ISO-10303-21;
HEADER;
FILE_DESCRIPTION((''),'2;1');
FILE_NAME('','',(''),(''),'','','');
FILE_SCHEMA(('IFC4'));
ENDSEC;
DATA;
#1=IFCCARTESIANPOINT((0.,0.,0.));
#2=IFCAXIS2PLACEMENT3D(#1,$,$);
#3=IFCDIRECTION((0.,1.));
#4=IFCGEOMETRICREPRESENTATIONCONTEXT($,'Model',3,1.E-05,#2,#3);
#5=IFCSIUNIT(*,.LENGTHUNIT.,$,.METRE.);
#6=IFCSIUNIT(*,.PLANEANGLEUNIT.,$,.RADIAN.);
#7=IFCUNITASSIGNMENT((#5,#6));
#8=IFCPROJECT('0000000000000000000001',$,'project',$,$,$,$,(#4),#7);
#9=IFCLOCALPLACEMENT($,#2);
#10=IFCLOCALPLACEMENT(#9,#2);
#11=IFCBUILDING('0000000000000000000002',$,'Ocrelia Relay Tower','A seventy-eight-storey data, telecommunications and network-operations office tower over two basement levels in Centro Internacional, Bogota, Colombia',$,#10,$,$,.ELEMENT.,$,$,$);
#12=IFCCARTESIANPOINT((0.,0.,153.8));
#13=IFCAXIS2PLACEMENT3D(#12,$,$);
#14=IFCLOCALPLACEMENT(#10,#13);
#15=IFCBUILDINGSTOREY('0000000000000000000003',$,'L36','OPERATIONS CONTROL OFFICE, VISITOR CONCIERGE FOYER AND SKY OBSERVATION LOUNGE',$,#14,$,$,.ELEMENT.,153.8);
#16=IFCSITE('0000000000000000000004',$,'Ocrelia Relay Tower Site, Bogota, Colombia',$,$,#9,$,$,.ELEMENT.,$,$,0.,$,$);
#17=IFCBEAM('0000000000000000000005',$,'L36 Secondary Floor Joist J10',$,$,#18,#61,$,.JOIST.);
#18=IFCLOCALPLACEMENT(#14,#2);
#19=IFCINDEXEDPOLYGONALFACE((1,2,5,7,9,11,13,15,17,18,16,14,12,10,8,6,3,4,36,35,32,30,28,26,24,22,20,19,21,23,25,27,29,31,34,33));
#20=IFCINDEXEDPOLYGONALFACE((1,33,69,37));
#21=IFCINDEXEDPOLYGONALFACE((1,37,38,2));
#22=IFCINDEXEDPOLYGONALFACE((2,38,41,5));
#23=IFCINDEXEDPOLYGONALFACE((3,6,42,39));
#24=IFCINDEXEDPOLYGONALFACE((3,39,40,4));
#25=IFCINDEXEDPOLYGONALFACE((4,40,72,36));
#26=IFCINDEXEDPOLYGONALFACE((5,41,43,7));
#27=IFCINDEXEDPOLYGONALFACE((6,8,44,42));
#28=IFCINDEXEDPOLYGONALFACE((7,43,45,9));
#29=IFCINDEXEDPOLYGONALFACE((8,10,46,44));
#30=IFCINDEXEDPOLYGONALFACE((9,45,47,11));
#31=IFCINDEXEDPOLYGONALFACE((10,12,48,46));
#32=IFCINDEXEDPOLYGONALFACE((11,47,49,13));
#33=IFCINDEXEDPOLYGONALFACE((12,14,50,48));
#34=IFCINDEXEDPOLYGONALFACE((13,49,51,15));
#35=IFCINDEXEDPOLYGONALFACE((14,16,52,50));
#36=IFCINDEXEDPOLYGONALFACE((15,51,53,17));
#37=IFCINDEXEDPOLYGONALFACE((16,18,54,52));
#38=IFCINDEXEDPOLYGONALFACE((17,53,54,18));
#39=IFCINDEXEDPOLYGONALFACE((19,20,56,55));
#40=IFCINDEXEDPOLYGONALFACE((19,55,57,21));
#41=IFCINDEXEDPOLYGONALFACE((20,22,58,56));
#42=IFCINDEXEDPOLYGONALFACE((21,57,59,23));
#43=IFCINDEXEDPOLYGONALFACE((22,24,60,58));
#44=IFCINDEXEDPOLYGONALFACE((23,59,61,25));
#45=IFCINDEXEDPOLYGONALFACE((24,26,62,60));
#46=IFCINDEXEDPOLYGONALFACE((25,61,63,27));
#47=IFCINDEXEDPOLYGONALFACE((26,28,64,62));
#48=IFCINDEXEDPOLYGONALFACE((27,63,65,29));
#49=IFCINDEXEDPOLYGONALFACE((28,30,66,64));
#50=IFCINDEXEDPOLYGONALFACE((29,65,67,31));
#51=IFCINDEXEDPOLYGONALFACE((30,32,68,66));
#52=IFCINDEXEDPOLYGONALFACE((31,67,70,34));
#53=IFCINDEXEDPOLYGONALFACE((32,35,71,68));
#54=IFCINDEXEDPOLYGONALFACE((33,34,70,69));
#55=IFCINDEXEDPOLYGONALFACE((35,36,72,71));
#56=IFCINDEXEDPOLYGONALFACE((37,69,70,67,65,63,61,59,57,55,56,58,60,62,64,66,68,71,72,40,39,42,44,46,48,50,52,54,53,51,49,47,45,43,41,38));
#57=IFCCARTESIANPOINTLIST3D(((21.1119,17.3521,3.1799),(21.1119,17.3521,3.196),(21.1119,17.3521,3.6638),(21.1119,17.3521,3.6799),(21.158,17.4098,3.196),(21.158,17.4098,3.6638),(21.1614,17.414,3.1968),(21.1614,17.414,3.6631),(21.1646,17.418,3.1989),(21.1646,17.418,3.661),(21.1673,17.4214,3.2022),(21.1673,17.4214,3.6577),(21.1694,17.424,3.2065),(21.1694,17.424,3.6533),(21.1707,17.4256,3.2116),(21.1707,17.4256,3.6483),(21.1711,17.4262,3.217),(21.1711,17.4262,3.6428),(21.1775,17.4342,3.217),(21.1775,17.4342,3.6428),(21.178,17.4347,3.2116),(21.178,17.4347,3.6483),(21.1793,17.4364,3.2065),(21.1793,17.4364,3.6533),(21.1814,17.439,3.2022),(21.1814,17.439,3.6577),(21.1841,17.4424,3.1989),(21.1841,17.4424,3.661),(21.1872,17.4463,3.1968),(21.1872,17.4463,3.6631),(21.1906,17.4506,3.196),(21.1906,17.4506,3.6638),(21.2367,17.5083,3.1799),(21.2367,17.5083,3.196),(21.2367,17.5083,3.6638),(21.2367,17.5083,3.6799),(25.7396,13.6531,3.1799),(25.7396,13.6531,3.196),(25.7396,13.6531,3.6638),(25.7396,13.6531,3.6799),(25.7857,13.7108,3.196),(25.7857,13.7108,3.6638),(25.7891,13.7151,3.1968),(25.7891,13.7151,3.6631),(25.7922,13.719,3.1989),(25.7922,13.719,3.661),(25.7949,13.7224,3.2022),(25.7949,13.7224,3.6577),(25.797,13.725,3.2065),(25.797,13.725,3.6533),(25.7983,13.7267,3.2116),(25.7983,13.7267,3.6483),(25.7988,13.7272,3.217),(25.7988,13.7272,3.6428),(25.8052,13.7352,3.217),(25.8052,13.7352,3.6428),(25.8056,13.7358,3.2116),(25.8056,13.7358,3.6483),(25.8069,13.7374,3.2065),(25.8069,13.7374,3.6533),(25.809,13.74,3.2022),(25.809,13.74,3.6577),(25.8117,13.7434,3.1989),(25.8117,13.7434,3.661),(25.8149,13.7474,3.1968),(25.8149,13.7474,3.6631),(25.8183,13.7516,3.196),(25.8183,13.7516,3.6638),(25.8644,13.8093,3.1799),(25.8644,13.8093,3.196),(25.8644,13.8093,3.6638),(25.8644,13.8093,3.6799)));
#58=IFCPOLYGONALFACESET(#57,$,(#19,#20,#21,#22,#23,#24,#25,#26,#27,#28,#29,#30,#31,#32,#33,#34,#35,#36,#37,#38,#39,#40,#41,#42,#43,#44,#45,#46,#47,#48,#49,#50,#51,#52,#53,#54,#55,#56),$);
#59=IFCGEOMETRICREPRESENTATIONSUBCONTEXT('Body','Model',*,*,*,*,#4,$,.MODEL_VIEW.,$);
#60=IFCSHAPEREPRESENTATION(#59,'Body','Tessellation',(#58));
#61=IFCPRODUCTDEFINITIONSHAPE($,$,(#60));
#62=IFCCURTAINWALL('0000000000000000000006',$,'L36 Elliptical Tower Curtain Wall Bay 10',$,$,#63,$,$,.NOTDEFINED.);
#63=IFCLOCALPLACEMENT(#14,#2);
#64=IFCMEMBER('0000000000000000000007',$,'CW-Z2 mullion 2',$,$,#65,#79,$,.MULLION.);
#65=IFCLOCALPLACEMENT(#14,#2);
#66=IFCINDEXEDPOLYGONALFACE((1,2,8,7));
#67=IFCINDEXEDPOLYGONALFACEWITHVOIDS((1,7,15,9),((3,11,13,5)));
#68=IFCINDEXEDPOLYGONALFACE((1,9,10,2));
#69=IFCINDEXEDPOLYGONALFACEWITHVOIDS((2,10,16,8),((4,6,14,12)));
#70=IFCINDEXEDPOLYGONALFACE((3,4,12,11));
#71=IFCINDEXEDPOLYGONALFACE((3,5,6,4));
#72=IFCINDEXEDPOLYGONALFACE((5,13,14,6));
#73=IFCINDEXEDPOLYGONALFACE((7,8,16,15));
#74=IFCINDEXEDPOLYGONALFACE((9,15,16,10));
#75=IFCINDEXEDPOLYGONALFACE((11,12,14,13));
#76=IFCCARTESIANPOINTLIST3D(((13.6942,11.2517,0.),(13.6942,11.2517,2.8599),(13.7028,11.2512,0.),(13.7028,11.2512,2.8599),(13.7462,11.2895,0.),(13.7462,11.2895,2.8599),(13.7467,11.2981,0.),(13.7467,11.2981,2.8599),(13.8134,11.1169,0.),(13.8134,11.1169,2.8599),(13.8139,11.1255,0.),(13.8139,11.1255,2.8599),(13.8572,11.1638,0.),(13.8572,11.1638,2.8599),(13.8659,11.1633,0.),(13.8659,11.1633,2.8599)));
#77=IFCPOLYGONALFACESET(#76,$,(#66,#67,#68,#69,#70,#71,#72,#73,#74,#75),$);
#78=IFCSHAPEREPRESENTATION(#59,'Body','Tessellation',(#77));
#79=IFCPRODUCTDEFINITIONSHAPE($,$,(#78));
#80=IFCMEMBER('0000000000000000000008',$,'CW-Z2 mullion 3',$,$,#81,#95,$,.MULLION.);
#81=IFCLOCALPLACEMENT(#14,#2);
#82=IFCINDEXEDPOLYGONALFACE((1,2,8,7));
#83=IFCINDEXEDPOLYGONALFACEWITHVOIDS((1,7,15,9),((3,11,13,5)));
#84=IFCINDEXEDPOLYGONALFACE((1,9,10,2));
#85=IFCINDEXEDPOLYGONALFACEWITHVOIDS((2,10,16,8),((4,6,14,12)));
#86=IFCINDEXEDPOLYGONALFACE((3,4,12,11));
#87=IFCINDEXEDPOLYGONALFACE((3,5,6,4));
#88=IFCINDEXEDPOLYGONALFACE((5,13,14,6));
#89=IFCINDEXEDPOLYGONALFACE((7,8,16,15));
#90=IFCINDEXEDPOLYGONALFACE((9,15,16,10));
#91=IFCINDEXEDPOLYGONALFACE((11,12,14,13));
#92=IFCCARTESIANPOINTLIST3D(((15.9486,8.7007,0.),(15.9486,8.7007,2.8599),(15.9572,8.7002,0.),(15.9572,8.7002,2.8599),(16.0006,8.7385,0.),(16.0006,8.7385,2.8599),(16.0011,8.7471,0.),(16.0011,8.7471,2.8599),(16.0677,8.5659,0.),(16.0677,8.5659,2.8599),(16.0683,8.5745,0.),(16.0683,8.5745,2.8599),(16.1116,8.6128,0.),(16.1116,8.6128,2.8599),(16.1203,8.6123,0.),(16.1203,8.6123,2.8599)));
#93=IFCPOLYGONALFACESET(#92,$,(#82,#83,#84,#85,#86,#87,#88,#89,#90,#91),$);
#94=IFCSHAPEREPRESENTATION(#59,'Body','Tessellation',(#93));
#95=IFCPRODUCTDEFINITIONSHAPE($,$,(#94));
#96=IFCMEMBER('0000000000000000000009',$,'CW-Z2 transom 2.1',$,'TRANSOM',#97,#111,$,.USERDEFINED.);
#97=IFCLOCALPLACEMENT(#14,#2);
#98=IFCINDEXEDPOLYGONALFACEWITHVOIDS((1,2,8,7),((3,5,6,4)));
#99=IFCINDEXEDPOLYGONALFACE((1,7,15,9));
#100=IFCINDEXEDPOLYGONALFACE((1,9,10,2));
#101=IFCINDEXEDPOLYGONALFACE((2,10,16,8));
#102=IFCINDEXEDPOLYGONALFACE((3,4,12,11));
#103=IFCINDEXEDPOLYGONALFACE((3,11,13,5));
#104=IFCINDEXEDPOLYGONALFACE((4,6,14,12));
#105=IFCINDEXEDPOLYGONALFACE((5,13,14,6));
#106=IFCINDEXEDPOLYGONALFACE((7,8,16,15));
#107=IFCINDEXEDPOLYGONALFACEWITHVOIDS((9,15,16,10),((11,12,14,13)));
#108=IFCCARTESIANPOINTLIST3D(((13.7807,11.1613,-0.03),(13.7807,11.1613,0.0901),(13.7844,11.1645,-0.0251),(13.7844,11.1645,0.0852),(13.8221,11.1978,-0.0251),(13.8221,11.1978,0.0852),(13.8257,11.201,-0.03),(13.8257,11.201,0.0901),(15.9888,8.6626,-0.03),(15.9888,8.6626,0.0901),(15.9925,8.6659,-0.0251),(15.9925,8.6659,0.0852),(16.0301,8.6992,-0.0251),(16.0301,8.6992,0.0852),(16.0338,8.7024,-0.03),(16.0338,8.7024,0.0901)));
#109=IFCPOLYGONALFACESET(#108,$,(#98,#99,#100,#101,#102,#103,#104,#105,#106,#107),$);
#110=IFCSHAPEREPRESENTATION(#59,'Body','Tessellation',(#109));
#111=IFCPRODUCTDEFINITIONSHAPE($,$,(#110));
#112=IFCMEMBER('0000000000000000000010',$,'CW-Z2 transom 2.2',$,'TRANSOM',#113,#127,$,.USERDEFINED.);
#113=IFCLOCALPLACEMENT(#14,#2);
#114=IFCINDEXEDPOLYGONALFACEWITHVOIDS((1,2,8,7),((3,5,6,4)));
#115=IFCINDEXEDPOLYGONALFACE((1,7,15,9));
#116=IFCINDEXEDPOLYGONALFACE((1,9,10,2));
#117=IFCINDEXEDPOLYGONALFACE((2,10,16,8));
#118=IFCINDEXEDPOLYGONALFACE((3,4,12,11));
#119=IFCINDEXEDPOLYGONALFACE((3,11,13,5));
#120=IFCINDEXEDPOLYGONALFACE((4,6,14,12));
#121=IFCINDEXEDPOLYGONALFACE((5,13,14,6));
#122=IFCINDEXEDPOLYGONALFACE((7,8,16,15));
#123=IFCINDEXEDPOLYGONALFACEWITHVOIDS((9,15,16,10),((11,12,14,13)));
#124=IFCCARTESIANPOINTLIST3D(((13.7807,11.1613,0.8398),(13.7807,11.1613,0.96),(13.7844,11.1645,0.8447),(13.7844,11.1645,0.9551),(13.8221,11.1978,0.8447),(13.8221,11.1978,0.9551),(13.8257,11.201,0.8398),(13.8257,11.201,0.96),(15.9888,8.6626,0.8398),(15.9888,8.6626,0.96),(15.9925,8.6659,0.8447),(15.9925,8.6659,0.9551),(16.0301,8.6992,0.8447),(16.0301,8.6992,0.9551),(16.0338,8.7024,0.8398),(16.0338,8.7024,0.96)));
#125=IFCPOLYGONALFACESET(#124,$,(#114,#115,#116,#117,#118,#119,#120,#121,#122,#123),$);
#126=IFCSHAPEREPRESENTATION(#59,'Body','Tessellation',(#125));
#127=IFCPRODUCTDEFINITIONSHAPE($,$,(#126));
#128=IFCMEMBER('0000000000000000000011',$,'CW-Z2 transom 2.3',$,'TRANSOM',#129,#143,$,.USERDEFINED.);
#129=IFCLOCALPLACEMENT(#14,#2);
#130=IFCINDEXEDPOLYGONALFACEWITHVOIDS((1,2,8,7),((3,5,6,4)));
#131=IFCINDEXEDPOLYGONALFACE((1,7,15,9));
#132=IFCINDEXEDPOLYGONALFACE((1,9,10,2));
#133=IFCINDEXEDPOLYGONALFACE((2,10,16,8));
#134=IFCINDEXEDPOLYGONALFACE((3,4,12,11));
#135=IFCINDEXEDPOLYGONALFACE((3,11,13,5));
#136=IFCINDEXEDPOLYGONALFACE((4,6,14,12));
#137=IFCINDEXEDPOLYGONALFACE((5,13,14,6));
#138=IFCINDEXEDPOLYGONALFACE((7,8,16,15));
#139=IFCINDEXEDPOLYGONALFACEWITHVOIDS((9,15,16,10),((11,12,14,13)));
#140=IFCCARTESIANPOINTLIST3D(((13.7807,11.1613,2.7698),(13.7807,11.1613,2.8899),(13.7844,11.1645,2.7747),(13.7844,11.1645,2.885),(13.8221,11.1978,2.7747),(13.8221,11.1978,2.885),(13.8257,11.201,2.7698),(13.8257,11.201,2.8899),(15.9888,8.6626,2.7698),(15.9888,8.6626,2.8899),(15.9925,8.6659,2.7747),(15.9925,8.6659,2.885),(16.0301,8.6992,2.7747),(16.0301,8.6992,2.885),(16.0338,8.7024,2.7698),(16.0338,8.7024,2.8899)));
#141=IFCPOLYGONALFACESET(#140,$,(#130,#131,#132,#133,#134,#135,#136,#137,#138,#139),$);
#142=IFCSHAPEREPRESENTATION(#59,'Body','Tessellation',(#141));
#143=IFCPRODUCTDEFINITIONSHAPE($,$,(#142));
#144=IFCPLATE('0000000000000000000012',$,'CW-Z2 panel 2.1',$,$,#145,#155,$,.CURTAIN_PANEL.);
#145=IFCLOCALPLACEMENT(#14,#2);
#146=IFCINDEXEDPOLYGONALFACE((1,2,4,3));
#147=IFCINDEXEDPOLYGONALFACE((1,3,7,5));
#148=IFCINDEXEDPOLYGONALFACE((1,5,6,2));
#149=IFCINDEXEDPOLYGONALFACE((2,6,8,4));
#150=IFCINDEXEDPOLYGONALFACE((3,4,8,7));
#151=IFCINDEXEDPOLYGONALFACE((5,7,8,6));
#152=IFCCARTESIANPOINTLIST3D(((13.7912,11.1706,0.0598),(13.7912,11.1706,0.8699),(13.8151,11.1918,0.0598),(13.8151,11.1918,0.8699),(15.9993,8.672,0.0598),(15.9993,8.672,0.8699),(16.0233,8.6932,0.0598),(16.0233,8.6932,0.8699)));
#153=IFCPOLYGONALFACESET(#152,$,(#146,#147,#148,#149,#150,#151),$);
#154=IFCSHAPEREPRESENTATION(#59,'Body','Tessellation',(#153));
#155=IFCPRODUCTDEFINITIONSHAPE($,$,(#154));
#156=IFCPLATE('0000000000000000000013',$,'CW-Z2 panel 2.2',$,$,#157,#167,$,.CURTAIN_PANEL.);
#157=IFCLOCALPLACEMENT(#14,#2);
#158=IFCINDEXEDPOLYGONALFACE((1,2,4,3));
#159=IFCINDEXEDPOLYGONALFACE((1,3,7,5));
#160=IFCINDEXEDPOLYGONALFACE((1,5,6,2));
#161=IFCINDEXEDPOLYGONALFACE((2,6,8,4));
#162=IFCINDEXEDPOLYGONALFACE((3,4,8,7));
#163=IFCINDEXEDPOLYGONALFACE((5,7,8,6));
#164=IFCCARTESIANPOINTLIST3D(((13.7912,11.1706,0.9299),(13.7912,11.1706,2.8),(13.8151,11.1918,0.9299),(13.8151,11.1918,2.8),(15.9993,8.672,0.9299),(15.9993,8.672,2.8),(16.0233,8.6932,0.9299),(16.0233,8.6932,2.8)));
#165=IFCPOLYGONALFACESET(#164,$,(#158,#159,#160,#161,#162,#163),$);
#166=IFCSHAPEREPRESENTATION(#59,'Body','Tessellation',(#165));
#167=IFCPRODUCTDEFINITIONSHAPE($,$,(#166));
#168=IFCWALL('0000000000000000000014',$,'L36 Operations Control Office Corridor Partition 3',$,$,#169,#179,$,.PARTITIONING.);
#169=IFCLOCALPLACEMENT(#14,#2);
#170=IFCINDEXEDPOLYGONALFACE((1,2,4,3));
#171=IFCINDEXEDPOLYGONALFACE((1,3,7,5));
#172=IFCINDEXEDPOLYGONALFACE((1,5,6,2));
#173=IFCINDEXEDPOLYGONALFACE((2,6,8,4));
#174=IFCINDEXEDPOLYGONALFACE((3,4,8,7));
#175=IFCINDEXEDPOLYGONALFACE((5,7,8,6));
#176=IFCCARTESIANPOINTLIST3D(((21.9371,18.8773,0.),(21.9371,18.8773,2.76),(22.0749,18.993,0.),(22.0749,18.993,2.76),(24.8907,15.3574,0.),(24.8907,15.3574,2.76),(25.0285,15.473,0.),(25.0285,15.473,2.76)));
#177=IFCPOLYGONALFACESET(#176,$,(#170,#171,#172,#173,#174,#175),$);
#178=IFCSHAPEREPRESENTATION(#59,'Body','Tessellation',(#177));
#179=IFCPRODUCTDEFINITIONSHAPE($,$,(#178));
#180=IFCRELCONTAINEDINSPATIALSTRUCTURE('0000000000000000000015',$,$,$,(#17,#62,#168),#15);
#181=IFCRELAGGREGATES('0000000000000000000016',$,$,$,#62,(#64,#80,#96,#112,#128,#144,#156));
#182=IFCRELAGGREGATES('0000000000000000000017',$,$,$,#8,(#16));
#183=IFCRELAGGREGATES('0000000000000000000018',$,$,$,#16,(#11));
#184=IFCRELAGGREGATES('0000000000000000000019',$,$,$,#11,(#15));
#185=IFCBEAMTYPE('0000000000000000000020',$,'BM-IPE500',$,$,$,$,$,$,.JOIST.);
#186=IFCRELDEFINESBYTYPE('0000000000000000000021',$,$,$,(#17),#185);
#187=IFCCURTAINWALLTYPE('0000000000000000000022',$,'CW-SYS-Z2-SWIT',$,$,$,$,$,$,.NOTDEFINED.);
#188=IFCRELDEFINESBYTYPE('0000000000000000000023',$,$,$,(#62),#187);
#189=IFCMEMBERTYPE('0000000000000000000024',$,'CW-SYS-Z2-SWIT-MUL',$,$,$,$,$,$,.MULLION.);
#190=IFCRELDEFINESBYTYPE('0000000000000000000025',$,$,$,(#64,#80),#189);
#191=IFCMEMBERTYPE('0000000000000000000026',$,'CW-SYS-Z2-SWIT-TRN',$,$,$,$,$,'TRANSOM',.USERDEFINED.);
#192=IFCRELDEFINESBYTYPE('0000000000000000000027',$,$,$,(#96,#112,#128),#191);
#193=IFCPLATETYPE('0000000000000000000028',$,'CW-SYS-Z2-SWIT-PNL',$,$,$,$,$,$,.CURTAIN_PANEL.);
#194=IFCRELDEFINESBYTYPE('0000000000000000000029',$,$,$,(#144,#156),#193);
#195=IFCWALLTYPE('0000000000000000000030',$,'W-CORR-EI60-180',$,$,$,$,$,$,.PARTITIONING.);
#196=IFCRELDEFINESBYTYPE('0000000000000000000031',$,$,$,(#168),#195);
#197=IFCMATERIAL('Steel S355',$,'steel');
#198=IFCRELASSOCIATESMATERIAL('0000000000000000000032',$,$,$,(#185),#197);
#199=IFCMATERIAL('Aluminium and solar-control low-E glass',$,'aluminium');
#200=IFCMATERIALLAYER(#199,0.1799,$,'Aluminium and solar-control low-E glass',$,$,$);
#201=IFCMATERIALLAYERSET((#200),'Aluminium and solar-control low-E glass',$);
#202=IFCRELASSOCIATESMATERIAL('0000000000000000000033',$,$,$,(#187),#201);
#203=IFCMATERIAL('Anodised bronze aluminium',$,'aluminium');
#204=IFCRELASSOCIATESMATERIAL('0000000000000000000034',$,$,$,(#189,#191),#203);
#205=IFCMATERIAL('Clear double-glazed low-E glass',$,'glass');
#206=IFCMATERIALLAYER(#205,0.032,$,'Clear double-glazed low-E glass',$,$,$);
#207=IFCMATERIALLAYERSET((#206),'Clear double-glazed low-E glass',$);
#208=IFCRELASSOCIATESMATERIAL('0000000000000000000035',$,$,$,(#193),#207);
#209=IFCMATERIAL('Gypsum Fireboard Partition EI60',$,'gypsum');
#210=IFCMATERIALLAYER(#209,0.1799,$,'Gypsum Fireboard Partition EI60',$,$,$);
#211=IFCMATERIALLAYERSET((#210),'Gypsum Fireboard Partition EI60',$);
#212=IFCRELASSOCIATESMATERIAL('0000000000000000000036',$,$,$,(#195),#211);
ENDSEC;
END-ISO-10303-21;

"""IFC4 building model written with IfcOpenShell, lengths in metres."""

from ifc_helpers import new_model, si_unit, direction, frame, frame_2d, origin, origin_2d, place, context, subcontext, project, spatial, rectangle, hollow_rectangle, i_section, extrude, material, layer, layer_set, material_profile, profile_set, type_object, element, aggregate, save


model = new_model("IFC4")

# Units and contexts
model_context = context("Model", 3, precision=1e-05, world=origin(), true_north=direction((0.0, 1.0)))
body_context = subcontext(model_context, "Body", "Model", "MODEL_VIEW")
ifc_project = project(units=[si_unit("LENGTHUNIT", "METRE"), si_unit("PLANEANGLEUNIT", "RADIAN")], contexts=[model_context])

# Site, building, storey
site_placement = place(None, origin())
site = spatial("IfcSite", under=ifc_project, at=site_placement, Name="Ocrelia Relay Tower Site, Bogota, Colombia", CompositionType="ELEMENT", RefElevation=0.0)
building_placement = place(site_placement, origin())
building = spatial("IfcBuilding", under=site, at=building_placement, Name="Ocrelia Relay Tower", Description="A seventy-eight-storey data, telecommunications and network-operations office tower over two basement levels in Centro Internacional, Bogota, Colombia", CompositionType="ELEMENT")
storey_placement = place(building_placement, frame((0.0, 0.0, 153.8)))
storey = spatial("IfcBuildingStorey", under=building, at=storey_placement, Name="L36", Description="OPERATIONS CONTROL OFFICE, VISITOR CONCIERGE FOYER AND SKY OBSERVATION LOUNGE", CompositionType="ELEMENT", Elevation=153.8)

# Beam
ifc_material_1 = material(Name="Steel S355", Category="steel")
ifc_material_profile_1 = material_profile(ifc_material_1, i_section(OverallWidth=0.2, OverallDepth=0.5, WebThickness=0.0103, FlangeThickness=0.0161, FilletRadius=0.021, at=origin_2d()), Name="IPE 500")
ifc_profile_set_1 = profile_set([ifc_material_profile_1], Name="Steel S355")
beam_type_1 = type_object("IfcBeamType", Name="BM-IPE500", PredefinedType="JOIST", material=ifc_profile_set_1)
beam_1_placement = place(storey_placement, frame((21.1743, 17.4302, 3.4299), z_axis=(0.78113, -0.624368, 0.0), x_axis=(0.624368, 0.78113, 0.0)))
element("IfcBeam", 1, at=beam_1_placement, inside=storey, type_object=beam_type_1, Name="L36 Secondary Floor Joist J10", PredefinedType="JOIST", context=body_context, shape_type="SweptSolid", body=[
    extrude(i_section(OverallWidth=0.2, OverallDepth=0.5, WebThickness=0.0103, FlangeThickness=0.0161, FilletRadius=0.021, at=origin_2d()), origin(), (0.0, 0.0, 1.0), 5.9243),
])

# Curtain wall, members, plates
ifc_material_2 = material(Name="Aluminium and solar-control low-E glass", Category="aluminium")
ifc_layer_1 = layer(ifc_material_2, 0.1799, Name="Aluminium and solar-control low-E glass")
ifc_layer_set_1 = layer_set([ifc_layer_1], Name="Aluminium and solar-control low-E glass")
curtain_wall_type = type_object("IfcCurtainWallType", Name="CW-SYS-Z2-SWIT", PredefinedType="NOTDEFINED", material=ifc_layer_set_1)
curtain_wall_placement = place(storey_placement, origin())
curtain_wall = element("IfcCurtainWall", 2, at=curtain_wall_placement, inside=storey, type_object=curtain_wall_type, Name="L36 Elliptical Tower Curtain Wall Bay 10", PredefinedType="NOTDEFINED")
ifc_material_3 = material(Name="Anodised bronze aluminium", Category="aluminium")
ifc_material_profile_2 = material_profile(ifc_material_3, hollow_rectangle(XDim=0.0701, YDim=0.1799, WallThickness=0.0061, at=origin_2d()), Name="CW-MUL-180x70")
ifc_profile_set_2 = profile_set([ifc_material_profile_2], Name="Anodised bronze aluminium")
member_type_1 = type_object("IfcMemberType", Name="CW-SYS-Z2-SWIT-MUL", PredefinedType="MULLION", material=ifc_profile_set_2)
member_1_placement = place(storey_placement, frame((13.78, 11.2075, 0.0), z_axis=(0.0, 0.0, 1.0), x_axis=(0.74931, 0.662219, 0.0)))
member_1 = element("IfcMember", 3, at=member_1_placement, type_object=member_type_1, Name="CW-Z2 mullion 2", PredefinedType="MULLION", context=body_context, shape_type="SweptSolid", body=[
    extrude(hollow_rectangle(XDim=0.0701, YDim=0.1799, WallThickness=0.0061, at=origin_2d()), origin(), (0.0, 0.0, 1.0), 2.8599),
])
member_2_placement = place(storey_placement, frame((16.0344, 8.6565, 0.0), z_axis=(0.0, 0.0, 1.0), x_axis=(0.74931, 0.662219, 0.0)))
member_2 = element("IfcMember", 4, at=member_2_placement, type_object=member_type_1, Name="CW-Z2 mullion 3", PredefinedType="MULLION", context=body_context, shape_type="SweptSolid", body=[
    extrude(hollow_rectangle(XDim=0.0701, YDim=0.1799, WallThickness=0.0061, at=origin_2d()), origin(), (0.0, 0.0, 1.0), 2.8599),
])
ifc_material_profile_3 = material_profile(ifc_material_3, hollow_rectangle(XDim=0.0601, YDim=0.1201, WallThickness=0.0049, at=origin_2d()), Name="CW-TRN-120x60")
ifc_profile_set_3 = profile_set([ifc_material_profile_3], Name="Anodised bronze aluminium")
member_type_2 = type_object("IfcMemberType", Name="CW-SYS-Z2-SWIT-TRN", ElementType="TRANSOM", PredefinedType="USERDEFINED", material=ifc_profile_set_3)
member_3_placement = place(storey_placement, frame((13.8032, 11.1812, 0.03), z_axis=(0.662198, -0.749329, 0.0), x_axis=(0.749329, 0.662198, 0.0)))
member_3 = element("IfcMember", 5, at=member_3_placement, type_object=member_type_2, Name="CW-Z2 transom 2.1", ObjectType="TRANSOM", PredefinedType="USERDEFINED", context=body_context, shape_type="SweptSolid", body=[
    extrude(hollow_rectangle(XDim=0.0601, YDim=0.1201, WallThickness=0.0049, at=origin_2d()), origin(), (0.0, 0.0, 1.0), 3.3345),
])
member_4_placement = place(storey_placement, frame((13.8032, 11.1812, 0.8999), z_axis=(0.662198, -0.749329, 0.0), x_axis=(0.749329, 0.662198, 0.0)))
member_4 = element("IfcMember", 6, at=member_4_placement, type_object=member_type_2, Name="CW-Z2 transom 2.2", ObjectType="TRANSOM", PredefinedType="USERDEFINED", context=body_context, shape_type="SweptSolid", body=[
    extrude(hollow_rectangle(XDim=0.0601, YDim=0.1201, WallThickness=0.0049, at=origin_2d()), origin(), (0.0, 0.0, 1.0), 3.3345),
])
member_5_placement = place(storey_placement, frame((13.8032, 11.1812, 2.8298), z_axis=(0.662198, -0.749329, 0.0), x_axis=(0.749329, 0.662198, 0.0)))
member_5 = element("IfcMember", 7, at=member_5_placement, type_object=member_type_2, Name="CW-Z2 transom 2.3", ObjectType="TRANSOM", PredefinedType="USERDEFINED", context=body_context, shape_type="SweptSolid", body=[
    extrude(hollow_rectangle(XDim=0.0601, YDim=0.1201, WallThickness=0.0049, at=origin_2d()), origin(), (0.0, 0.0, 1.0), 3.3345),
])
ifc_material_4 = material(Name="Clear double-glazed low-E glass", Category="glass")
ifc_layer_2 = layer(ifc_material_4, 0.032, Name="Clear double-glazed low-E glass")
ifc_layer_set_2 = layer_set([ifc_layer_2], Name="Clear double-glazed low-E glass")
plate_type = type_object("IfcPlateType", Name="CW-SYS-Z2-SWIT-PNL", PredefinedType="CURTAIN_PANEL", material=ifc_layer_set_2)
plate_1_placement = place(storey_placement, frame((14.9072, 9.9319, 0.0598), z_axis=(0.0, 0.0, 1.0), x_axis=(0.662219, -0.74931, 0.0)))
plate_1 = element("IfcPlate", 8, at=plate_1_placement, type_object=plate_type, Name="CW-Z2 panel 2.1", PredefinedType="CURTAIN_PANEL", context=body_context, shape_type="SweptSolid", body=[
    extrude(rectangle(XDim=3.3345, YDim=0.032, at=origin_2d()), origin(), (0.0, 0.0, 1.0), 0.8101),
])
plate_2_placement = place(storey_placement, frame((14.9072, 9.9319, 0.9299), z_axis=(0.0, 0.0, 1.0), x_axis=(0.662219, -0.74931, 0.0)))
plate_2 = element("IfcPlate", 9, at=plate_2_placement, type_object=plate_type, Name="CW-Z2 panel 2.2", PredefinedType="CURTAIN_PANEL", context=body_context, shape_type="SweptSolid", body=[
    extrude(rectangle(XDim=3.3345, YDim=0.032, at=origin_2d()), origin(), (0.0, 0.0, 1.0), 1.8701),
])
aggregate(curtain_wall, [member_1, member_2, member_3, member_4, member_5, plate_1, plate_2])

# Wall
ifc_material_5 = material(Name="Gypsum Fireboard Partition EI60", Category="gypsum")
ifc_layer_3 = layer(ifc_material_5, 0.1799, Name="Gypsum Fireboard Partition EI60")
ifc_layer_set_3 = layer_set([ifc_layer_3], Name="Gypsum Fireboard Partition EI60")
wall_type_1 = type_object("IfcWallType", Name="W-CORR-EI60-180", PredefinedType="PARTITIONING", material=ifc_layer_set_3)
wall_1_placement = place(storey_placement, frame((22.0061, 18.9351, 0.0), z_axis=(0.0, 0.0, 1.0), x_axis=(0.642783, -0.766048, 0.0)))
element("IfcWall", 10, at=wall_1_placement, inside=storey, type_object=wall_type_1, Name="L36 Operations Control Office Corridor Partition 3", PredefinedType="PARTITIONING", context=body_context, shape_type="SweptSolid", body=[
    extrude(rectangle(XDim=4.595, YDim=0.1799, at=frame_2d((2.2974, 0.0))), origin(), (0.0, 0.0, 1.0), 2.76),
])

save(model, "model.ifc")
